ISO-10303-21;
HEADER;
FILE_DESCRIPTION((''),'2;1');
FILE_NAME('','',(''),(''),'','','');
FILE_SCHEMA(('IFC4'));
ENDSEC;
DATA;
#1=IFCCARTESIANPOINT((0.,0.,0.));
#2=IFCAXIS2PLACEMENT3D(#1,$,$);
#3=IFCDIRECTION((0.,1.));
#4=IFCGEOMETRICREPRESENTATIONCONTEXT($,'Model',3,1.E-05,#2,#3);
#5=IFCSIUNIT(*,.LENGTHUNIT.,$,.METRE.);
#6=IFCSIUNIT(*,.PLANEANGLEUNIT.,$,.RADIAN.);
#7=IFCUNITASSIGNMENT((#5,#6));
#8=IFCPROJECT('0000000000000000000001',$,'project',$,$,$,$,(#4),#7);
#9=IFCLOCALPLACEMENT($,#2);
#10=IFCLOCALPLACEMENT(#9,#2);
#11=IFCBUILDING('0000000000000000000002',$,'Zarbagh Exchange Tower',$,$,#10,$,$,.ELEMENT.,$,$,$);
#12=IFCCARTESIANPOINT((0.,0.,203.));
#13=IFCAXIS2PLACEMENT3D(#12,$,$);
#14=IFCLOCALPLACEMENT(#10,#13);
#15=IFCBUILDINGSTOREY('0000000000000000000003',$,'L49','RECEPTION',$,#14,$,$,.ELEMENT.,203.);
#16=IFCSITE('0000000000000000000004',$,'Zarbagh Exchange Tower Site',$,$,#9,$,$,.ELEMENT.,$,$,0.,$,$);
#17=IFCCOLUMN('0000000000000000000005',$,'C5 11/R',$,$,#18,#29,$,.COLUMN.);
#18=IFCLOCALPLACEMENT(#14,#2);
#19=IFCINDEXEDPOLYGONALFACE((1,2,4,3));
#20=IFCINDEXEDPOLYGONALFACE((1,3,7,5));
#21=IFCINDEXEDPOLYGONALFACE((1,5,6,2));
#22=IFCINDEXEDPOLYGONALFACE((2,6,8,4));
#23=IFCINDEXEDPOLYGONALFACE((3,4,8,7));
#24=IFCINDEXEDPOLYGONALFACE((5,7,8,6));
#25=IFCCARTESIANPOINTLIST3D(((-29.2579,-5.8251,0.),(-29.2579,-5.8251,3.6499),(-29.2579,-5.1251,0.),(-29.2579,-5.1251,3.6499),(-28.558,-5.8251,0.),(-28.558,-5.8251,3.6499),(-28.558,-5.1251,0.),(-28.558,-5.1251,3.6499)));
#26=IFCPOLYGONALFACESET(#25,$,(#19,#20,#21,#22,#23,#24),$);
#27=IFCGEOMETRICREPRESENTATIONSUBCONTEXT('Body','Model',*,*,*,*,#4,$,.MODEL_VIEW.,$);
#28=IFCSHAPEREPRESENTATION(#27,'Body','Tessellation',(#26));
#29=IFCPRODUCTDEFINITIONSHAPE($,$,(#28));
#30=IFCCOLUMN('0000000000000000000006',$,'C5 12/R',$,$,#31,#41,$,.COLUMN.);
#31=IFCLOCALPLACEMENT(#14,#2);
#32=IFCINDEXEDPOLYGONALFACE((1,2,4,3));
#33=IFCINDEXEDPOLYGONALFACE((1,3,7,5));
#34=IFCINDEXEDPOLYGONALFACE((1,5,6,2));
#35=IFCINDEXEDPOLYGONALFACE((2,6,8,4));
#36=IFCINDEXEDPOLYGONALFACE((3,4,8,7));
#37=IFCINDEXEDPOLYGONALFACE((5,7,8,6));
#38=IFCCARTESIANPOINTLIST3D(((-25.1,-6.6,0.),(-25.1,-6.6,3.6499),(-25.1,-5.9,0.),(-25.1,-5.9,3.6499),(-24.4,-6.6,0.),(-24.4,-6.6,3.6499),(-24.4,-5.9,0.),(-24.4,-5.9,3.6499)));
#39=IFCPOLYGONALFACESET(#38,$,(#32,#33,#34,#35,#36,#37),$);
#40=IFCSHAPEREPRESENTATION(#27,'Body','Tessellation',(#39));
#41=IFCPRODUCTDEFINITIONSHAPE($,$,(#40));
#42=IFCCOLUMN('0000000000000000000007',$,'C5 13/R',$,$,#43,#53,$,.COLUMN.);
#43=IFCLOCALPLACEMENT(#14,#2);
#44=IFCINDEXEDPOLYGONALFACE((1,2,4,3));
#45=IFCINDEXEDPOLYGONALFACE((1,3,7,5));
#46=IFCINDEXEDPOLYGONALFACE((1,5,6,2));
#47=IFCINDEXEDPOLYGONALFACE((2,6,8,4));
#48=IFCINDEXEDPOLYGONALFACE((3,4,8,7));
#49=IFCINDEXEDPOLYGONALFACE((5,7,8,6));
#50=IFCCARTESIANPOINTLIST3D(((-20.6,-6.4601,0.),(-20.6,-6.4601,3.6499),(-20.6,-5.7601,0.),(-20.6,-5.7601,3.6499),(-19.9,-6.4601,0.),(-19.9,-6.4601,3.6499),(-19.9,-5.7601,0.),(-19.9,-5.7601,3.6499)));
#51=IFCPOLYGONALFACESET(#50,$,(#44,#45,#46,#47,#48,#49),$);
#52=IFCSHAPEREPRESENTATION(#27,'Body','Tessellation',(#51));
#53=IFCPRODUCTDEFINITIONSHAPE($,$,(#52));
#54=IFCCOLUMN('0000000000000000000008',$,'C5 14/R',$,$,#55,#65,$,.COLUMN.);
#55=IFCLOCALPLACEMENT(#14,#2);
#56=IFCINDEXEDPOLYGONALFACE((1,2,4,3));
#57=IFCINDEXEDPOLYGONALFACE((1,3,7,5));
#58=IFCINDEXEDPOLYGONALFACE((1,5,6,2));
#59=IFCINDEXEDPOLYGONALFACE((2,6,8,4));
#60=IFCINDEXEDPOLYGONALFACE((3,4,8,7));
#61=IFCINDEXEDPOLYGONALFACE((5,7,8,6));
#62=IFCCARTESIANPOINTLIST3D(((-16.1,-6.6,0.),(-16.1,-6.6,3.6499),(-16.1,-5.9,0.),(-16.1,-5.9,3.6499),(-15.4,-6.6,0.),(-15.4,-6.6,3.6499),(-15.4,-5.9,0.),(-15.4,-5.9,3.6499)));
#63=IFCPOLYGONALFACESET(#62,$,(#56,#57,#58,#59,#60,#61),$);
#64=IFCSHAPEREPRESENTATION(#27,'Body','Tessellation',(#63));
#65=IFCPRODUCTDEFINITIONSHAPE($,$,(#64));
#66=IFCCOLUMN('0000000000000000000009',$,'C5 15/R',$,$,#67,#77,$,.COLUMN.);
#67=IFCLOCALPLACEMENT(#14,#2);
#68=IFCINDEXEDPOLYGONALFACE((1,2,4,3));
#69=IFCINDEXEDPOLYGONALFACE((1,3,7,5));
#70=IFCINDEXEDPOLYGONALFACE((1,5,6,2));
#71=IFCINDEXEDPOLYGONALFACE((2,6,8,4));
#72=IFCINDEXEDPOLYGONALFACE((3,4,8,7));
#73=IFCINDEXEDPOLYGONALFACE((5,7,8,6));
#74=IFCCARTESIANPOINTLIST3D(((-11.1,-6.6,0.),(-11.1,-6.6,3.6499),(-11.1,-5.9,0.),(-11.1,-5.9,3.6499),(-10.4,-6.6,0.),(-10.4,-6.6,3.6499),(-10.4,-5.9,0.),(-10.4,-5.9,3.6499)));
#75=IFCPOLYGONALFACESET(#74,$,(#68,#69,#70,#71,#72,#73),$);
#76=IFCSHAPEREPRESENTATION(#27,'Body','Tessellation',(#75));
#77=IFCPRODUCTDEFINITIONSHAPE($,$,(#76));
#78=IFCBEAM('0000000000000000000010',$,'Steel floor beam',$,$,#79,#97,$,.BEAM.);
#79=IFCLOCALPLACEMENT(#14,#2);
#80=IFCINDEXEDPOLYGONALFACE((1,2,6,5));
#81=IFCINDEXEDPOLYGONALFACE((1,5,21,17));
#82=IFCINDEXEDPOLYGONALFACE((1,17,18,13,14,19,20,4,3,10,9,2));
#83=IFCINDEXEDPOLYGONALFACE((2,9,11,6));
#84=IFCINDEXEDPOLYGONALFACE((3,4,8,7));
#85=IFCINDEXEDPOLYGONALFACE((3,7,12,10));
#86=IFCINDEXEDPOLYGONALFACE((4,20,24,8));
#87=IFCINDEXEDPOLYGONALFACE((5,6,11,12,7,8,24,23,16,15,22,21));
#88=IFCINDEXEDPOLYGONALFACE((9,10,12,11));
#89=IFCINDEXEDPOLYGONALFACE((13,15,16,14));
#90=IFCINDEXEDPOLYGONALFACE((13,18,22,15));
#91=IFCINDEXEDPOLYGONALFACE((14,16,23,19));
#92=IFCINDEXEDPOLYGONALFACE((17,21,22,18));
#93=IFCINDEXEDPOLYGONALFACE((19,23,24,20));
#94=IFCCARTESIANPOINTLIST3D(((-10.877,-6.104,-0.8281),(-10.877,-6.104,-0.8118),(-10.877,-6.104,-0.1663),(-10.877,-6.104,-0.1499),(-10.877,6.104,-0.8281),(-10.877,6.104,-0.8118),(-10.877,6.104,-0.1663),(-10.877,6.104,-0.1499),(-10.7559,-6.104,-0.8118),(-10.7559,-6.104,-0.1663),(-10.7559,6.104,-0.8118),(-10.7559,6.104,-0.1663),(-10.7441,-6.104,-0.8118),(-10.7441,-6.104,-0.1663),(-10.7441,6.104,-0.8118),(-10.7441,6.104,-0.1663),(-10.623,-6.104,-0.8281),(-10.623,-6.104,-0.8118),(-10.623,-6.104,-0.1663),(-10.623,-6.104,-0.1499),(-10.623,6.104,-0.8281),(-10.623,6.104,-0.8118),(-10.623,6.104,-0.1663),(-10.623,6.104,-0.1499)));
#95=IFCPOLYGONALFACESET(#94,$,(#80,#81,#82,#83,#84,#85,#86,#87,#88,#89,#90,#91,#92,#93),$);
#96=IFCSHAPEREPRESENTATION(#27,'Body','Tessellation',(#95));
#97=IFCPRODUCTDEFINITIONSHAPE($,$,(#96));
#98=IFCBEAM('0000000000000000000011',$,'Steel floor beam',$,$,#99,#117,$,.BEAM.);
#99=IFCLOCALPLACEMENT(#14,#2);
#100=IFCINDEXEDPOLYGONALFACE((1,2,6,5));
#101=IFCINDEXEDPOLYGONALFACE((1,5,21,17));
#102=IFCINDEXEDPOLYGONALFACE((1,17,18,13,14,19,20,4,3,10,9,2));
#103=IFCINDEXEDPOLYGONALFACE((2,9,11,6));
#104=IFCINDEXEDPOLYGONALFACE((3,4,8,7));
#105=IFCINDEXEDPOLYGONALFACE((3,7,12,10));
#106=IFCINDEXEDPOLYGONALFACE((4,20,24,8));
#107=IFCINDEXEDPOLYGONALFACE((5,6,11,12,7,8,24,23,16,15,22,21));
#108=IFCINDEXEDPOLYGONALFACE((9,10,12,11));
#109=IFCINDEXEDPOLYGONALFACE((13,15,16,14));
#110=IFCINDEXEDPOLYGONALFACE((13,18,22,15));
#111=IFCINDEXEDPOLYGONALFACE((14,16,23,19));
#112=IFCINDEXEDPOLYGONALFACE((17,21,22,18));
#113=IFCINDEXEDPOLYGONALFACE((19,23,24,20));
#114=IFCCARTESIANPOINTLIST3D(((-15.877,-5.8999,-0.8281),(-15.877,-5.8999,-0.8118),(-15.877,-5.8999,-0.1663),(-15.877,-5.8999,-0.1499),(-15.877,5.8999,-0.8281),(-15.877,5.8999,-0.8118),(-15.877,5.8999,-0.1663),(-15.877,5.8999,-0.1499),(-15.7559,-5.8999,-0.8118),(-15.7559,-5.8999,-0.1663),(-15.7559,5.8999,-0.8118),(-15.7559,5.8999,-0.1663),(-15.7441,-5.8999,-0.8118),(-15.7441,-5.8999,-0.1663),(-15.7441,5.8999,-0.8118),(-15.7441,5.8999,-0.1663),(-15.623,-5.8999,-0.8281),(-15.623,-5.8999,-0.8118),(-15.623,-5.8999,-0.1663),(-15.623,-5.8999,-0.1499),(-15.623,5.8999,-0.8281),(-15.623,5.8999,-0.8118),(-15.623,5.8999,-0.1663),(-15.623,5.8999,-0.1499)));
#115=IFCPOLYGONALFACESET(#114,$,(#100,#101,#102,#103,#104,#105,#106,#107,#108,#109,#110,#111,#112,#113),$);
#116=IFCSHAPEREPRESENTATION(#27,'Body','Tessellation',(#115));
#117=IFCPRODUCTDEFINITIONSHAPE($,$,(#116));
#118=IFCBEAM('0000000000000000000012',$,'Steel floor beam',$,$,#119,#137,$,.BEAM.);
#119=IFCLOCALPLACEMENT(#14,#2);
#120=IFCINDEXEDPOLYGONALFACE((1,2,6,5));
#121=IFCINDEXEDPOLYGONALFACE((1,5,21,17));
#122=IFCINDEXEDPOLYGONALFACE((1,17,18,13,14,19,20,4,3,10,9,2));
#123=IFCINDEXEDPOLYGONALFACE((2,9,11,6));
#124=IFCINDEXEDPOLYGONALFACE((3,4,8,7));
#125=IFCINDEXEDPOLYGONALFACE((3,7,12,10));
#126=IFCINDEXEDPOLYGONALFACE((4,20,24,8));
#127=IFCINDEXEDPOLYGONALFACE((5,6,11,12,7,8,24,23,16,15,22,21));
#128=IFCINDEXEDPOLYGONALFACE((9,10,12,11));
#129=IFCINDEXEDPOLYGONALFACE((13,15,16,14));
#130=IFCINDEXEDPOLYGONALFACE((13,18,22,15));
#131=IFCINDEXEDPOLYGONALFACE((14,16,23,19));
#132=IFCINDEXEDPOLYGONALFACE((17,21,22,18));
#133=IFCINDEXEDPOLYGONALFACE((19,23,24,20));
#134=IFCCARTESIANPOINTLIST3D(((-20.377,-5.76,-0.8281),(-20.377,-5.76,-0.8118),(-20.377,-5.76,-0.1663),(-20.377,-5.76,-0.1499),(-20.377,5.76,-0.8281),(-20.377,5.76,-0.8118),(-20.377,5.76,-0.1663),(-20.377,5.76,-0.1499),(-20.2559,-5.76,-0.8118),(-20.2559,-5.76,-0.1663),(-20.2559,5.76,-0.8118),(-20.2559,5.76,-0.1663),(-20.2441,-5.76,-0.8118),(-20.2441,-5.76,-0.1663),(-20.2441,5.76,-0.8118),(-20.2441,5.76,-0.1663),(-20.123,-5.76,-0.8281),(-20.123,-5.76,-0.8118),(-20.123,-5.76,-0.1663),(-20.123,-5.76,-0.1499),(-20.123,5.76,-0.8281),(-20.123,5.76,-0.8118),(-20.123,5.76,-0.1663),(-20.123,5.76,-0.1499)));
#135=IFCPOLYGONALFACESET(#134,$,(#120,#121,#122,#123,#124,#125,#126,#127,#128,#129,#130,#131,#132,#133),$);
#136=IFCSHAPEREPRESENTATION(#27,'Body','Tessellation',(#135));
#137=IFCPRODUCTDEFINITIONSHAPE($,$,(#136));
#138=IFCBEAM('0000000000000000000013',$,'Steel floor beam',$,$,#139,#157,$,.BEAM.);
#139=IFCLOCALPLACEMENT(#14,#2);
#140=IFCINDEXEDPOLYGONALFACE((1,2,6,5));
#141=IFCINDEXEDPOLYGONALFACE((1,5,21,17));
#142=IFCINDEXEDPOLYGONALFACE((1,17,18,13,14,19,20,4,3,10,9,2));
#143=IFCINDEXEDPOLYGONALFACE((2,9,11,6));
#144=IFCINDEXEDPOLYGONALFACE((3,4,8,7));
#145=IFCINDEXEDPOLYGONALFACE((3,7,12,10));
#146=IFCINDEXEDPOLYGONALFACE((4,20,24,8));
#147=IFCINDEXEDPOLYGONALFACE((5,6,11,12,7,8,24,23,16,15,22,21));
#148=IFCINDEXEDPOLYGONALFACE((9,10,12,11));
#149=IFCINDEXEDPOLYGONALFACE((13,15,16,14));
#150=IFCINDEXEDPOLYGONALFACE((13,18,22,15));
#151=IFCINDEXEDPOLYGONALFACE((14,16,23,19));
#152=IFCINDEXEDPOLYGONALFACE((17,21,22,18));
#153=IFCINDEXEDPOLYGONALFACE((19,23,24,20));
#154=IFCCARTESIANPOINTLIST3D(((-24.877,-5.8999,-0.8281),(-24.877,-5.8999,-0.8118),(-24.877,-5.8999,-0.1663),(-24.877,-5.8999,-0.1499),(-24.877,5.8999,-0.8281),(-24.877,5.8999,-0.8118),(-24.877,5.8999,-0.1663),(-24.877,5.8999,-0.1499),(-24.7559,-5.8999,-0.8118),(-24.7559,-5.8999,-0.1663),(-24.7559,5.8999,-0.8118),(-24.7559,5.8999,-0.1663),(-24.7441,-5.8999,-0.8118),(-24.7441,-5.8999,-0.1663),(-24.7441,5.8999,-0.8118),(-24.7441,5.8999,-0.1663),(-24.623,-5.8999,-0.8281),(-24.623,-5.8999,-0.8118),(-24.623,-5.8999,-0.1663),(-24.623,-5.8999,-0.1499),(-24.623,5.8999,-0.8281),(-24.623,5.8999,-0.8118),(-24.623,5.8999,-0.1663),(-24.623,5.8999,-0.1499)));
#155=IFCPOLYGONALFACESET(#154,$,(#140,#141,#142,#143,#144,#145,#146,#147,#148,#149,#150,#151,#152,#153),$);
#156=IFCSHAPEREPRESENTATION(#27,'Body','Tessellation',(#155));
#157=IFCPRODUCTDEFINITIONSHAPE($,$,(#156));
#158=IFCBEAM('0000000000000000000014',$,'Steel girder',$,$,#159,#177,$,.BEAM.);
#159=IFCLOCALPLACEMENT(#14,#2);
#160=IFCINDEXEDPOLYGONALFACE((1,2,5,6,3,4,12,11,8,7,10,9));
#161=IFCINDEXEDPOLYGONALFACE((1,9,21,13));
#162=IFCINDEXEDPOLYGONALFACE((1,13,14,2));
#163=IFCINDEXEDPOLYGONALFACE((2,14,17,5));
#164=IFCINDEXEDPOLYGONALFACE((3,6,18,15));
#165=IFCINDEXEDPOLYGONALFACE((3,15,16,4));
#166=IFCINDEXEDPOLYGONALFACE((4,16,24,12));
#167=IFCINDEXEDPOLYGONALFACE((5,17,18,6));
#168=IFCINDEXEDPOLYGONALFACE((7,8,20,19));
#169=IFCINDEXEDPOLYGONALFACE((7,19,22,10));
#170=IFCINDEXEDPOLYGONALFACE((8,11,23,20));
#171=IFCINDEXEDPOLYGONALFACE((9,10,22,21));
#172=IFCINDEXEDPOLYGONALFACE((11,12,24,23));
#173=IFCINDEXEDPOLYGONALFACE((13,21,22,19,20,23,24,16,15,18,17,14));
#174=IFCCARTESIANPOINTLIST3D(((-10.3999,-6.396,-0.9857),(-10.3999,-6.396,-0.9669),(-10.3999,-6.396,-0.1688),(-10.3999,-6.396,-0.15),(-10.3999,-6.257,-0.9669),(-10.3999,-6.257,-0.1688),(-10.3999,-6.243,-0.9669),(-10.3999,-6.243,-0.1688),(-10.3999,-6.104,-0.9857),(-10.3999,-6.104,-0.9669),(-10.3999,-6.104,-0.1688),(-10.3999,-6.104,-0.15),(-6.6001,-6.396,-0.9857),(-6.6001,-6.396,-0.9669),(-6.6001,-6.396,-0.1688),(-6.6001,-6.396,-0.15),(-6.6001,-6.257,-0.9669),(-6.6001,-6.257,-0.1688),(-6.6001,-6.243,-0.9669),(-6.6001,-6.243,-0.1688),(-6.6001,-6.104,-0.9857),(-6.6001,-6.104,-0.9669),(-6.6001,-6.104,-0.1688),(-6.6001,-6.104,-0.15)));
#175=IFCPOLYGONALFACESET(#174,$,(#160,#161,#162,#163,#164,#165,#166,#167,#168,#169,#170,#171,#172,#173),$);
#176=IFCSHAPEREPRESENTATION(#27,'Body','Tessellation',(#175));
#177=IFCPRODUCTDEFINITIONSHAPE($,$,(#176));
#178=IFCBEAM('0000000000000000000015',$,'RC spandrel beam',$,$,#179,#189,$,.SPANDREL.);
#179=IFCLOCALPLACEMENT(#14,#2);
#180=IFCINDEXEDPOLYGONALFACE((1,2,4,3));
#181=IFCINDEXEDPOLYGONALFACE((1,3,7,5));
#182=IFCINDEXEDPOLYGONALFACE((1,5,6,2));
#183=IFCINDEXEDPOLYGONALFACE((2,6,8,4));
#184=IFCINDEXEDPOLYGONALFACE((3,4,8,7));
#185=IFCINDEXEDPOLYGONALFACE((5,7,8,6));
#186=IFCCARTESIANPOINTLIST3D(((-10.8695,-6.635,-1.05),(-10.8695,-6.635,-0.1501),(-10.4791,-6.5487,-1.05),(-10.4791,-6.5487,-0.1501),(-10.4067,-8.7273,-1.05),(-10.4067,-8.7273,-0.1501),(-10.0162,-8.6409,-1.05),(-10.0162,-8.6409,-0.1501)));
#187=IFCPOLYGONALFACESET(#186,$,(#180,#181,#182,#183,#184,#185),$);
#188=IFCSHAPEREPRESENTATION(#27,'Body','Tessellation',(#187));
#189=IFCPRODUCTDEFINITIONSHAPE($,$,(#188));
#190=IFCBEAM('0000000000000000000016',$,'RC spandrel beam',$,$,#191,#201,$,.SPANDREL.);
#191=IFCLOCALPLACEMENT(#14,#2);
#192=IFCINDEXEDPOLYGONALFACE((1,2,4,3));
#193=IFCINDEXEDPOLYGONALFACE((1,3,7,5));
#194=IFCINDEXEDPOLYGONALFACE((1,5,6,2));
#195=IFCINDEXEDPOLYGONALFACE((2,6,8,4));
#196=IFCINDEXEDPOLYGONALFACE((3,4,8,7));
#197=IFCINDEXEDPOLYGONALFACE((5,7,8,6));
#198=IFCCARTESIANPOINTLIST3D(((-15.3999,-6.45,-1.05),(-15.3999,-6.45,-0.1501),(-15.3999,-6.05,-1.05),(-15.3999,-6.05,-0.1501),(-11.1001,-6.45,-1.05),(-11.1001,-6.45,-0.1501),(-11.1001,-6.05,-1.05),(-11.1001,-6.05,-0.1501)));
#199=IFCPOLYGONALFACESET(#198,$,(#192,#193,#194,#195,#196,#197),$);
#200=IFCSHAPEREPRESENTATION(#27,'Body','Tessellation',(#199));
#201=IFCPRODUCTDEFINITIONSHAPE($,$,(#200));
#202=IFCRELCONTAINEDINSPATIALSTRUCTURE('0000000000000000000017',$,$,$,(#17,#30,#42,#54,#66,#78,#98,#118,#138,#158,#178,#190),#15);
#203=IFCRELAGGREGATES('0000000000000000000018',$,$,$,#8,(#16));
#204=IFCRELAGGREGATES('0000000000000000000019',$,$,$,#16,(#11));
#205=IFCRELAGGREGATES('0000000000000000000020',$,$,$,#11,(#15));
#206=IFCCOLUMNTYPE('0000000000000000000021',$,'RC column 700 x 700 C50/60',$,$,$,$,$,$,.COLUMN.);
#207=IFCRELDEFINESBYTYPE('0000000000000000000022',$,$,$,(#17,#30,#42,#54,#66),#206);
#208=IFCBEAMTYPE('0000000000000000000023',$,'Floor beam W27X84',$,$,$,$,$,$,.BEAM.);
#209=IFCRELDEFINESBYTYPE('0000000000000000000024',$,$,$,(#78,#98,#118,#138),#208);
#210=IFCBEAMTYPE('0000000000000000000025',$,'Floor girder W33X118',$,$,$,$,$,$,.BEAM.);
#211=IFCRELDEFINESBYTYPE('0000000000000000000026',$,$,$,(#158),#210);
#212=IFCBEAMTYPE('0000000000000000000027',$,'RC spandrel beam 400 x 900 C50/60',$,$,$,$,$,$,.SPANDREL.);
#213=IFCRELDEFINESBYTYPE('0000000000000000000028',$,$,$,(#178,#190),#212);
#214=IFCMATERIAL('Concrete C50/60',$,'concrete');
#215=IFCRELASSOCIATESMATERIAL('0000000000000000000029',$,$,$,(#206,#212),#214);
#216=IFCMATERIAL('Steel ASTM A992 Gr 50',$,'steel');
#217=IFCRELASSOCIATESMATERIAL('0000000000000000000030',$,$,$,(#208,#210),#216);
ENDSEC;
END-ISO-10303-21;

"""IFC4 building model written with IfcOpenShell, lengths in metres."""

from ifc_helpers import new_model, si_unit, direction, frame, origin, origin_2d, place, context, subcontext, project, spatial, rectangle, i_section, extrude, material, material_profile, profile_set, type_object, element, save


model = new_model("IFC4")

# Units and contexts
model_context = context("Model", 3, precision=1e-05, world=origin(), true_north=direction((0.0, 1.0)))
body_context = subcontext(model_context, "Body", "Model", "MODEL_VIEW")
ifc_project = project(units=[si_unit("LENGTHUNIT", "METRE"), si_unit("PLANEANGLEUNIT", "RADIAN")], contexts=[model_context])

# Site, building, storey
site_placement = place(None, origin())
site = spatial("IfcSite", under=ifc_project, at=site_placement, Name="Zarbagh Exchange Tower Site", CompositionType="ELEMENT", RefElevation=0.0)
building_placement = place(site_placement, origin())
building = spatial("IfcBuilding", under=site, at=building_placement, Name="Zarbagh Exchange Tower", CompositionType="ELEMENT")
storey_placement = place(building_placement, frame((0.0, 0.0, 203.0)))
storey = spatial("IfcBuildingStorey", under=building, at=storey_placement, Name="L49", Description="RECEPTION", CompositionType="ELEMENT", Elevation=203.0)

# Columns
ifc_material_1 = material(Name="Concrete C50/60", Category="concrete")
ifc_material_profile_1 = material_profile(ifc_material_1, rectangle(XDim=0.7, YDim=0.7, at=origin_2d()), Name="RC column 700 x 700 C50/60")
ifc_profile_set_1 = profile_set([ifc_material_profile_1], Name="Concrete C50/60")
column_type = type_object("IfcColumnType", Name="RC column 700 x 700 C50/60", PredefinedType="COLUMN", material=ifc_profile_set_1)
for number, where, z_axis, x_axis, name in (
    (1, (-28.908, -5.4751, 0.0), (0.0, 0.0, 1.0), (1.0, 0.0, 0.0), "C5 11/R"),
    (2, (-24.75, -6.25, 0.0), (0.0, 0.0, 1.0), (1.0, 0.0, 0.0), "C5 12/R"),
    (3, (-20.25, -6.1101, 0.0), (0.0, 0.0, 1.0), (1.0, 0.0, 0.0), "C5 13/R"),
    (4, (-15.75, -6.25, 0.0), (0.0, 0.0, 1.0), (1.0, 0.0, 0.0), "C5 14/R"),
    (5, (-10.75, -6.25, 0.0), (0.0, 0.0, 1.0), (1.0, 0.0, 0.0), "C5 15/R"),
):
    element("IfcColumn", number, at=place(storey_placement, frame(where, z_axis=z_axis, x_axis=x_axis)), inside=storey, type_object=column_type, Name=name, PredefinedType="COLUMN", context=body_context, shape_type="SweptSolid", body=[
        extrude(rectangle(XDim=0.7, YDim=0.7, at=origin_2d()), origin(), (0.0, 0.0, 1.0), 3.6499),
    ])

# Beams
ifc_material_2 = material(Name="Steel ASTM A992 Gr 50", Category="steel")
ifc_material_profile_2 = material_profile(ifc_material_2, i_section(OverallWidth=0.2539, OverallDepth=0.6782, WebThickness=0.0117, FlangeThickness=0.0164, at=origin_2d()), Name="W27X84")
ifc_profile_set_2 = profile_set([ifc_material_profile_2], Name="Steel ASTM A992 Gr 50")
beam_type_1 = type_object("IfcBeamType", Name="Floor beam W27X84", PredefinedType="BEAM", material=ifc_profile_set_2)
beam_1_placement = place(storey_placement, frame((-10.75, -6.104, -0.489), z_axis=(0.0, 1.0, 0.0), x_axis=(-1.0, 0.0, 0.0)))
element("IfcBeam", 6, at=beam_1_placement, inside=storey, type_object=beam_type_1, Name="Steel floor beam", PredefinedType="BEAM", context=body_context, shape_type="SweptSolid", body=[
    extrude(i_section(OverallWidth=0.2539, OverallDepth=0.6782, WebThickness=0.0117, FlangeThickness=0.0164, at=origin_2d()), origin(), (0.0, 0.0, 1.0), 12.208),
])
beam_2_placement = place(storey_placement, frame((-15.75, -5.8999, -0.489), z_axis=(0.0, 1.0, 0.0), x_axis=(-1.0, 0.0, 0.0)))
element("IfcBeam", 7, at=beam_2_placement, inside=storey, type_object=beam_type_1, Name="Steel floor beam", PredefinedType="BEAM", context=body_context, shape_type="SweptSolid", body=[
    extrude(i_section(OverallWidth=0.2539, OverallDepth=0.6782, WebThickness=0.0117, FlangeThickness=0.0164, at=origin_2d()), origin(), (0.0, 0.0, 1.0), 11.7998),
])
beam_3_placement = place(storey_placement, frame((-20.25, -5.76, -0.489), z_axis=(0.0, 1.0, 0.0), x_axis=(-1.0, 0.0, 0.0)))
element("IfcBeam", 8, at=beam_3_placement, inside=storey, type_object=beam_type_1, Name="Steel floor beam", PredefinedType="BEAM", context=body_context, shape_type="SweptSolid", body=[
    extrude(i_section(OverallWidth=0.2539, OverallDepth=0.6782, WebThickness=0.0117, FlangeThickness=0.0164, at=origin_2d()), origin(), (0.0, 0.0, 1.0), 11.52),
])
beam_4_placement = place(storey_placement, frame((-24.75, -5.8999, -0.489), z_axis=(0.0, 1.0, 0.0), x_axis=(-1.0, 0.0, 0.0)))
element("IfcBeam", 9, at=beam_4_placement, inside=storey, type_object=beam_type_1, Name="Steel floor beam", PredefinedType="BEAM", context=body_context, shape_type="SweptSolid", body=[
    extrude(i_section(OverallWidth=0.2539, OverallDepth=0.6782, WebThickness=0.0117, FlangeThickness=0.0164, at=origin_2d()), origin(), (0.0, 0.0, 1.0), 11.7998),
])
ifc_material_profile_3 = material_profile(ifc_material_2, i_section(OverallWidth=0.292, OverallDepth=0.8357, WebThickness=0.0139, FlangeThickness=0.0188, at=origin_2d()), Name="W33X118")
ifc_profile_set_3 = profile_set([ifc_material_profile_3], Name="Steel ASTM A992 Gr 50")
beam_type_2 = type_object("IfcBeamType", Name="Floor girder W33X118", PredefinedType="BEAM", material=ifc_profile_set_3)
beam_5_placement = place(storey_placement, frame((-10.3999, -6.25, -0.5679), z_axis=(1.0, 0.0, 0.0), x_axis=(0.0, 1.0, 0.0)))
element("IfcBeam", 10, at=beam_5_placement, inside=storey, type_object=beam_type_2, Name="Steel girder", PredefinedType="BEAM", context=body_context, shape_type="SweptSolid", body=[
    extrude(i_section(OverallWidth=0.292, OverallDepth=0.8357, WebThickness=0.0139, FlangeThickness=0.0188, at=origin_2d()), origin(), (0.0, 0.0, 1.0), 3.7998),
])
ifc_material_profile_4 = material_profile(ifc_material_1, rectangle(XDim=0.3999, YDim=0.8999, at=origin_2d()), Name="RC spandrel beam 400 x 900 C50/60")
ifc_profile_set_4 = profile_set([ifc_material_profile_4], Name="Concrete C50/60")
beam_type_3 = type_object("IfcBeamType", Name="RC spandrel beam 400 x 900 C50/60", PredefinedType="SPANDREL", material=ifc_profile_set_4)
beam_6_placement = place(storey_placement, frame((-10.2114, -8.6841, -0.6001), z_axis=(-0.216014, 0.97639, 0.0), x_axis=(-0.97639, -0.216014, 0.0)))
element("IfcBeam", 11, at=beam_6_placement, inside=storey, type_object=beam_type_3, Name="RC spandrel beam", PredefinedType="SPANDREL", context=body_context, shape_type="SweptSolid", body=[
    extrude(rectangle(XDim=0.3999, YDim=0.8999, at=origin_2d()), origin(), (0.0, 0.0, 1.0), 2.1428),
])
beam_7_placement = place(storey_placement, frame((-11.1001, -6.25, -0.6001), z_axis=(-1.0, 0.0, 0.0), x_axis=(0.0, -1.0, 0.0)))
element("IfcBeam", 12, at=beam_7_placement, inside=storey, type_object=beam_type_3, Name="RC spandrel beam", PredefinedType="SPANDREL", context=body_context, shape_type="SweptSolid", body=[
    extrude(rectangle(XDim=0.3999, YDim=0.8999, at=origin_2d()), origin(), (0.0, 0.0, 1.0), 4.2998),
])

save(model, "model.ifc")
